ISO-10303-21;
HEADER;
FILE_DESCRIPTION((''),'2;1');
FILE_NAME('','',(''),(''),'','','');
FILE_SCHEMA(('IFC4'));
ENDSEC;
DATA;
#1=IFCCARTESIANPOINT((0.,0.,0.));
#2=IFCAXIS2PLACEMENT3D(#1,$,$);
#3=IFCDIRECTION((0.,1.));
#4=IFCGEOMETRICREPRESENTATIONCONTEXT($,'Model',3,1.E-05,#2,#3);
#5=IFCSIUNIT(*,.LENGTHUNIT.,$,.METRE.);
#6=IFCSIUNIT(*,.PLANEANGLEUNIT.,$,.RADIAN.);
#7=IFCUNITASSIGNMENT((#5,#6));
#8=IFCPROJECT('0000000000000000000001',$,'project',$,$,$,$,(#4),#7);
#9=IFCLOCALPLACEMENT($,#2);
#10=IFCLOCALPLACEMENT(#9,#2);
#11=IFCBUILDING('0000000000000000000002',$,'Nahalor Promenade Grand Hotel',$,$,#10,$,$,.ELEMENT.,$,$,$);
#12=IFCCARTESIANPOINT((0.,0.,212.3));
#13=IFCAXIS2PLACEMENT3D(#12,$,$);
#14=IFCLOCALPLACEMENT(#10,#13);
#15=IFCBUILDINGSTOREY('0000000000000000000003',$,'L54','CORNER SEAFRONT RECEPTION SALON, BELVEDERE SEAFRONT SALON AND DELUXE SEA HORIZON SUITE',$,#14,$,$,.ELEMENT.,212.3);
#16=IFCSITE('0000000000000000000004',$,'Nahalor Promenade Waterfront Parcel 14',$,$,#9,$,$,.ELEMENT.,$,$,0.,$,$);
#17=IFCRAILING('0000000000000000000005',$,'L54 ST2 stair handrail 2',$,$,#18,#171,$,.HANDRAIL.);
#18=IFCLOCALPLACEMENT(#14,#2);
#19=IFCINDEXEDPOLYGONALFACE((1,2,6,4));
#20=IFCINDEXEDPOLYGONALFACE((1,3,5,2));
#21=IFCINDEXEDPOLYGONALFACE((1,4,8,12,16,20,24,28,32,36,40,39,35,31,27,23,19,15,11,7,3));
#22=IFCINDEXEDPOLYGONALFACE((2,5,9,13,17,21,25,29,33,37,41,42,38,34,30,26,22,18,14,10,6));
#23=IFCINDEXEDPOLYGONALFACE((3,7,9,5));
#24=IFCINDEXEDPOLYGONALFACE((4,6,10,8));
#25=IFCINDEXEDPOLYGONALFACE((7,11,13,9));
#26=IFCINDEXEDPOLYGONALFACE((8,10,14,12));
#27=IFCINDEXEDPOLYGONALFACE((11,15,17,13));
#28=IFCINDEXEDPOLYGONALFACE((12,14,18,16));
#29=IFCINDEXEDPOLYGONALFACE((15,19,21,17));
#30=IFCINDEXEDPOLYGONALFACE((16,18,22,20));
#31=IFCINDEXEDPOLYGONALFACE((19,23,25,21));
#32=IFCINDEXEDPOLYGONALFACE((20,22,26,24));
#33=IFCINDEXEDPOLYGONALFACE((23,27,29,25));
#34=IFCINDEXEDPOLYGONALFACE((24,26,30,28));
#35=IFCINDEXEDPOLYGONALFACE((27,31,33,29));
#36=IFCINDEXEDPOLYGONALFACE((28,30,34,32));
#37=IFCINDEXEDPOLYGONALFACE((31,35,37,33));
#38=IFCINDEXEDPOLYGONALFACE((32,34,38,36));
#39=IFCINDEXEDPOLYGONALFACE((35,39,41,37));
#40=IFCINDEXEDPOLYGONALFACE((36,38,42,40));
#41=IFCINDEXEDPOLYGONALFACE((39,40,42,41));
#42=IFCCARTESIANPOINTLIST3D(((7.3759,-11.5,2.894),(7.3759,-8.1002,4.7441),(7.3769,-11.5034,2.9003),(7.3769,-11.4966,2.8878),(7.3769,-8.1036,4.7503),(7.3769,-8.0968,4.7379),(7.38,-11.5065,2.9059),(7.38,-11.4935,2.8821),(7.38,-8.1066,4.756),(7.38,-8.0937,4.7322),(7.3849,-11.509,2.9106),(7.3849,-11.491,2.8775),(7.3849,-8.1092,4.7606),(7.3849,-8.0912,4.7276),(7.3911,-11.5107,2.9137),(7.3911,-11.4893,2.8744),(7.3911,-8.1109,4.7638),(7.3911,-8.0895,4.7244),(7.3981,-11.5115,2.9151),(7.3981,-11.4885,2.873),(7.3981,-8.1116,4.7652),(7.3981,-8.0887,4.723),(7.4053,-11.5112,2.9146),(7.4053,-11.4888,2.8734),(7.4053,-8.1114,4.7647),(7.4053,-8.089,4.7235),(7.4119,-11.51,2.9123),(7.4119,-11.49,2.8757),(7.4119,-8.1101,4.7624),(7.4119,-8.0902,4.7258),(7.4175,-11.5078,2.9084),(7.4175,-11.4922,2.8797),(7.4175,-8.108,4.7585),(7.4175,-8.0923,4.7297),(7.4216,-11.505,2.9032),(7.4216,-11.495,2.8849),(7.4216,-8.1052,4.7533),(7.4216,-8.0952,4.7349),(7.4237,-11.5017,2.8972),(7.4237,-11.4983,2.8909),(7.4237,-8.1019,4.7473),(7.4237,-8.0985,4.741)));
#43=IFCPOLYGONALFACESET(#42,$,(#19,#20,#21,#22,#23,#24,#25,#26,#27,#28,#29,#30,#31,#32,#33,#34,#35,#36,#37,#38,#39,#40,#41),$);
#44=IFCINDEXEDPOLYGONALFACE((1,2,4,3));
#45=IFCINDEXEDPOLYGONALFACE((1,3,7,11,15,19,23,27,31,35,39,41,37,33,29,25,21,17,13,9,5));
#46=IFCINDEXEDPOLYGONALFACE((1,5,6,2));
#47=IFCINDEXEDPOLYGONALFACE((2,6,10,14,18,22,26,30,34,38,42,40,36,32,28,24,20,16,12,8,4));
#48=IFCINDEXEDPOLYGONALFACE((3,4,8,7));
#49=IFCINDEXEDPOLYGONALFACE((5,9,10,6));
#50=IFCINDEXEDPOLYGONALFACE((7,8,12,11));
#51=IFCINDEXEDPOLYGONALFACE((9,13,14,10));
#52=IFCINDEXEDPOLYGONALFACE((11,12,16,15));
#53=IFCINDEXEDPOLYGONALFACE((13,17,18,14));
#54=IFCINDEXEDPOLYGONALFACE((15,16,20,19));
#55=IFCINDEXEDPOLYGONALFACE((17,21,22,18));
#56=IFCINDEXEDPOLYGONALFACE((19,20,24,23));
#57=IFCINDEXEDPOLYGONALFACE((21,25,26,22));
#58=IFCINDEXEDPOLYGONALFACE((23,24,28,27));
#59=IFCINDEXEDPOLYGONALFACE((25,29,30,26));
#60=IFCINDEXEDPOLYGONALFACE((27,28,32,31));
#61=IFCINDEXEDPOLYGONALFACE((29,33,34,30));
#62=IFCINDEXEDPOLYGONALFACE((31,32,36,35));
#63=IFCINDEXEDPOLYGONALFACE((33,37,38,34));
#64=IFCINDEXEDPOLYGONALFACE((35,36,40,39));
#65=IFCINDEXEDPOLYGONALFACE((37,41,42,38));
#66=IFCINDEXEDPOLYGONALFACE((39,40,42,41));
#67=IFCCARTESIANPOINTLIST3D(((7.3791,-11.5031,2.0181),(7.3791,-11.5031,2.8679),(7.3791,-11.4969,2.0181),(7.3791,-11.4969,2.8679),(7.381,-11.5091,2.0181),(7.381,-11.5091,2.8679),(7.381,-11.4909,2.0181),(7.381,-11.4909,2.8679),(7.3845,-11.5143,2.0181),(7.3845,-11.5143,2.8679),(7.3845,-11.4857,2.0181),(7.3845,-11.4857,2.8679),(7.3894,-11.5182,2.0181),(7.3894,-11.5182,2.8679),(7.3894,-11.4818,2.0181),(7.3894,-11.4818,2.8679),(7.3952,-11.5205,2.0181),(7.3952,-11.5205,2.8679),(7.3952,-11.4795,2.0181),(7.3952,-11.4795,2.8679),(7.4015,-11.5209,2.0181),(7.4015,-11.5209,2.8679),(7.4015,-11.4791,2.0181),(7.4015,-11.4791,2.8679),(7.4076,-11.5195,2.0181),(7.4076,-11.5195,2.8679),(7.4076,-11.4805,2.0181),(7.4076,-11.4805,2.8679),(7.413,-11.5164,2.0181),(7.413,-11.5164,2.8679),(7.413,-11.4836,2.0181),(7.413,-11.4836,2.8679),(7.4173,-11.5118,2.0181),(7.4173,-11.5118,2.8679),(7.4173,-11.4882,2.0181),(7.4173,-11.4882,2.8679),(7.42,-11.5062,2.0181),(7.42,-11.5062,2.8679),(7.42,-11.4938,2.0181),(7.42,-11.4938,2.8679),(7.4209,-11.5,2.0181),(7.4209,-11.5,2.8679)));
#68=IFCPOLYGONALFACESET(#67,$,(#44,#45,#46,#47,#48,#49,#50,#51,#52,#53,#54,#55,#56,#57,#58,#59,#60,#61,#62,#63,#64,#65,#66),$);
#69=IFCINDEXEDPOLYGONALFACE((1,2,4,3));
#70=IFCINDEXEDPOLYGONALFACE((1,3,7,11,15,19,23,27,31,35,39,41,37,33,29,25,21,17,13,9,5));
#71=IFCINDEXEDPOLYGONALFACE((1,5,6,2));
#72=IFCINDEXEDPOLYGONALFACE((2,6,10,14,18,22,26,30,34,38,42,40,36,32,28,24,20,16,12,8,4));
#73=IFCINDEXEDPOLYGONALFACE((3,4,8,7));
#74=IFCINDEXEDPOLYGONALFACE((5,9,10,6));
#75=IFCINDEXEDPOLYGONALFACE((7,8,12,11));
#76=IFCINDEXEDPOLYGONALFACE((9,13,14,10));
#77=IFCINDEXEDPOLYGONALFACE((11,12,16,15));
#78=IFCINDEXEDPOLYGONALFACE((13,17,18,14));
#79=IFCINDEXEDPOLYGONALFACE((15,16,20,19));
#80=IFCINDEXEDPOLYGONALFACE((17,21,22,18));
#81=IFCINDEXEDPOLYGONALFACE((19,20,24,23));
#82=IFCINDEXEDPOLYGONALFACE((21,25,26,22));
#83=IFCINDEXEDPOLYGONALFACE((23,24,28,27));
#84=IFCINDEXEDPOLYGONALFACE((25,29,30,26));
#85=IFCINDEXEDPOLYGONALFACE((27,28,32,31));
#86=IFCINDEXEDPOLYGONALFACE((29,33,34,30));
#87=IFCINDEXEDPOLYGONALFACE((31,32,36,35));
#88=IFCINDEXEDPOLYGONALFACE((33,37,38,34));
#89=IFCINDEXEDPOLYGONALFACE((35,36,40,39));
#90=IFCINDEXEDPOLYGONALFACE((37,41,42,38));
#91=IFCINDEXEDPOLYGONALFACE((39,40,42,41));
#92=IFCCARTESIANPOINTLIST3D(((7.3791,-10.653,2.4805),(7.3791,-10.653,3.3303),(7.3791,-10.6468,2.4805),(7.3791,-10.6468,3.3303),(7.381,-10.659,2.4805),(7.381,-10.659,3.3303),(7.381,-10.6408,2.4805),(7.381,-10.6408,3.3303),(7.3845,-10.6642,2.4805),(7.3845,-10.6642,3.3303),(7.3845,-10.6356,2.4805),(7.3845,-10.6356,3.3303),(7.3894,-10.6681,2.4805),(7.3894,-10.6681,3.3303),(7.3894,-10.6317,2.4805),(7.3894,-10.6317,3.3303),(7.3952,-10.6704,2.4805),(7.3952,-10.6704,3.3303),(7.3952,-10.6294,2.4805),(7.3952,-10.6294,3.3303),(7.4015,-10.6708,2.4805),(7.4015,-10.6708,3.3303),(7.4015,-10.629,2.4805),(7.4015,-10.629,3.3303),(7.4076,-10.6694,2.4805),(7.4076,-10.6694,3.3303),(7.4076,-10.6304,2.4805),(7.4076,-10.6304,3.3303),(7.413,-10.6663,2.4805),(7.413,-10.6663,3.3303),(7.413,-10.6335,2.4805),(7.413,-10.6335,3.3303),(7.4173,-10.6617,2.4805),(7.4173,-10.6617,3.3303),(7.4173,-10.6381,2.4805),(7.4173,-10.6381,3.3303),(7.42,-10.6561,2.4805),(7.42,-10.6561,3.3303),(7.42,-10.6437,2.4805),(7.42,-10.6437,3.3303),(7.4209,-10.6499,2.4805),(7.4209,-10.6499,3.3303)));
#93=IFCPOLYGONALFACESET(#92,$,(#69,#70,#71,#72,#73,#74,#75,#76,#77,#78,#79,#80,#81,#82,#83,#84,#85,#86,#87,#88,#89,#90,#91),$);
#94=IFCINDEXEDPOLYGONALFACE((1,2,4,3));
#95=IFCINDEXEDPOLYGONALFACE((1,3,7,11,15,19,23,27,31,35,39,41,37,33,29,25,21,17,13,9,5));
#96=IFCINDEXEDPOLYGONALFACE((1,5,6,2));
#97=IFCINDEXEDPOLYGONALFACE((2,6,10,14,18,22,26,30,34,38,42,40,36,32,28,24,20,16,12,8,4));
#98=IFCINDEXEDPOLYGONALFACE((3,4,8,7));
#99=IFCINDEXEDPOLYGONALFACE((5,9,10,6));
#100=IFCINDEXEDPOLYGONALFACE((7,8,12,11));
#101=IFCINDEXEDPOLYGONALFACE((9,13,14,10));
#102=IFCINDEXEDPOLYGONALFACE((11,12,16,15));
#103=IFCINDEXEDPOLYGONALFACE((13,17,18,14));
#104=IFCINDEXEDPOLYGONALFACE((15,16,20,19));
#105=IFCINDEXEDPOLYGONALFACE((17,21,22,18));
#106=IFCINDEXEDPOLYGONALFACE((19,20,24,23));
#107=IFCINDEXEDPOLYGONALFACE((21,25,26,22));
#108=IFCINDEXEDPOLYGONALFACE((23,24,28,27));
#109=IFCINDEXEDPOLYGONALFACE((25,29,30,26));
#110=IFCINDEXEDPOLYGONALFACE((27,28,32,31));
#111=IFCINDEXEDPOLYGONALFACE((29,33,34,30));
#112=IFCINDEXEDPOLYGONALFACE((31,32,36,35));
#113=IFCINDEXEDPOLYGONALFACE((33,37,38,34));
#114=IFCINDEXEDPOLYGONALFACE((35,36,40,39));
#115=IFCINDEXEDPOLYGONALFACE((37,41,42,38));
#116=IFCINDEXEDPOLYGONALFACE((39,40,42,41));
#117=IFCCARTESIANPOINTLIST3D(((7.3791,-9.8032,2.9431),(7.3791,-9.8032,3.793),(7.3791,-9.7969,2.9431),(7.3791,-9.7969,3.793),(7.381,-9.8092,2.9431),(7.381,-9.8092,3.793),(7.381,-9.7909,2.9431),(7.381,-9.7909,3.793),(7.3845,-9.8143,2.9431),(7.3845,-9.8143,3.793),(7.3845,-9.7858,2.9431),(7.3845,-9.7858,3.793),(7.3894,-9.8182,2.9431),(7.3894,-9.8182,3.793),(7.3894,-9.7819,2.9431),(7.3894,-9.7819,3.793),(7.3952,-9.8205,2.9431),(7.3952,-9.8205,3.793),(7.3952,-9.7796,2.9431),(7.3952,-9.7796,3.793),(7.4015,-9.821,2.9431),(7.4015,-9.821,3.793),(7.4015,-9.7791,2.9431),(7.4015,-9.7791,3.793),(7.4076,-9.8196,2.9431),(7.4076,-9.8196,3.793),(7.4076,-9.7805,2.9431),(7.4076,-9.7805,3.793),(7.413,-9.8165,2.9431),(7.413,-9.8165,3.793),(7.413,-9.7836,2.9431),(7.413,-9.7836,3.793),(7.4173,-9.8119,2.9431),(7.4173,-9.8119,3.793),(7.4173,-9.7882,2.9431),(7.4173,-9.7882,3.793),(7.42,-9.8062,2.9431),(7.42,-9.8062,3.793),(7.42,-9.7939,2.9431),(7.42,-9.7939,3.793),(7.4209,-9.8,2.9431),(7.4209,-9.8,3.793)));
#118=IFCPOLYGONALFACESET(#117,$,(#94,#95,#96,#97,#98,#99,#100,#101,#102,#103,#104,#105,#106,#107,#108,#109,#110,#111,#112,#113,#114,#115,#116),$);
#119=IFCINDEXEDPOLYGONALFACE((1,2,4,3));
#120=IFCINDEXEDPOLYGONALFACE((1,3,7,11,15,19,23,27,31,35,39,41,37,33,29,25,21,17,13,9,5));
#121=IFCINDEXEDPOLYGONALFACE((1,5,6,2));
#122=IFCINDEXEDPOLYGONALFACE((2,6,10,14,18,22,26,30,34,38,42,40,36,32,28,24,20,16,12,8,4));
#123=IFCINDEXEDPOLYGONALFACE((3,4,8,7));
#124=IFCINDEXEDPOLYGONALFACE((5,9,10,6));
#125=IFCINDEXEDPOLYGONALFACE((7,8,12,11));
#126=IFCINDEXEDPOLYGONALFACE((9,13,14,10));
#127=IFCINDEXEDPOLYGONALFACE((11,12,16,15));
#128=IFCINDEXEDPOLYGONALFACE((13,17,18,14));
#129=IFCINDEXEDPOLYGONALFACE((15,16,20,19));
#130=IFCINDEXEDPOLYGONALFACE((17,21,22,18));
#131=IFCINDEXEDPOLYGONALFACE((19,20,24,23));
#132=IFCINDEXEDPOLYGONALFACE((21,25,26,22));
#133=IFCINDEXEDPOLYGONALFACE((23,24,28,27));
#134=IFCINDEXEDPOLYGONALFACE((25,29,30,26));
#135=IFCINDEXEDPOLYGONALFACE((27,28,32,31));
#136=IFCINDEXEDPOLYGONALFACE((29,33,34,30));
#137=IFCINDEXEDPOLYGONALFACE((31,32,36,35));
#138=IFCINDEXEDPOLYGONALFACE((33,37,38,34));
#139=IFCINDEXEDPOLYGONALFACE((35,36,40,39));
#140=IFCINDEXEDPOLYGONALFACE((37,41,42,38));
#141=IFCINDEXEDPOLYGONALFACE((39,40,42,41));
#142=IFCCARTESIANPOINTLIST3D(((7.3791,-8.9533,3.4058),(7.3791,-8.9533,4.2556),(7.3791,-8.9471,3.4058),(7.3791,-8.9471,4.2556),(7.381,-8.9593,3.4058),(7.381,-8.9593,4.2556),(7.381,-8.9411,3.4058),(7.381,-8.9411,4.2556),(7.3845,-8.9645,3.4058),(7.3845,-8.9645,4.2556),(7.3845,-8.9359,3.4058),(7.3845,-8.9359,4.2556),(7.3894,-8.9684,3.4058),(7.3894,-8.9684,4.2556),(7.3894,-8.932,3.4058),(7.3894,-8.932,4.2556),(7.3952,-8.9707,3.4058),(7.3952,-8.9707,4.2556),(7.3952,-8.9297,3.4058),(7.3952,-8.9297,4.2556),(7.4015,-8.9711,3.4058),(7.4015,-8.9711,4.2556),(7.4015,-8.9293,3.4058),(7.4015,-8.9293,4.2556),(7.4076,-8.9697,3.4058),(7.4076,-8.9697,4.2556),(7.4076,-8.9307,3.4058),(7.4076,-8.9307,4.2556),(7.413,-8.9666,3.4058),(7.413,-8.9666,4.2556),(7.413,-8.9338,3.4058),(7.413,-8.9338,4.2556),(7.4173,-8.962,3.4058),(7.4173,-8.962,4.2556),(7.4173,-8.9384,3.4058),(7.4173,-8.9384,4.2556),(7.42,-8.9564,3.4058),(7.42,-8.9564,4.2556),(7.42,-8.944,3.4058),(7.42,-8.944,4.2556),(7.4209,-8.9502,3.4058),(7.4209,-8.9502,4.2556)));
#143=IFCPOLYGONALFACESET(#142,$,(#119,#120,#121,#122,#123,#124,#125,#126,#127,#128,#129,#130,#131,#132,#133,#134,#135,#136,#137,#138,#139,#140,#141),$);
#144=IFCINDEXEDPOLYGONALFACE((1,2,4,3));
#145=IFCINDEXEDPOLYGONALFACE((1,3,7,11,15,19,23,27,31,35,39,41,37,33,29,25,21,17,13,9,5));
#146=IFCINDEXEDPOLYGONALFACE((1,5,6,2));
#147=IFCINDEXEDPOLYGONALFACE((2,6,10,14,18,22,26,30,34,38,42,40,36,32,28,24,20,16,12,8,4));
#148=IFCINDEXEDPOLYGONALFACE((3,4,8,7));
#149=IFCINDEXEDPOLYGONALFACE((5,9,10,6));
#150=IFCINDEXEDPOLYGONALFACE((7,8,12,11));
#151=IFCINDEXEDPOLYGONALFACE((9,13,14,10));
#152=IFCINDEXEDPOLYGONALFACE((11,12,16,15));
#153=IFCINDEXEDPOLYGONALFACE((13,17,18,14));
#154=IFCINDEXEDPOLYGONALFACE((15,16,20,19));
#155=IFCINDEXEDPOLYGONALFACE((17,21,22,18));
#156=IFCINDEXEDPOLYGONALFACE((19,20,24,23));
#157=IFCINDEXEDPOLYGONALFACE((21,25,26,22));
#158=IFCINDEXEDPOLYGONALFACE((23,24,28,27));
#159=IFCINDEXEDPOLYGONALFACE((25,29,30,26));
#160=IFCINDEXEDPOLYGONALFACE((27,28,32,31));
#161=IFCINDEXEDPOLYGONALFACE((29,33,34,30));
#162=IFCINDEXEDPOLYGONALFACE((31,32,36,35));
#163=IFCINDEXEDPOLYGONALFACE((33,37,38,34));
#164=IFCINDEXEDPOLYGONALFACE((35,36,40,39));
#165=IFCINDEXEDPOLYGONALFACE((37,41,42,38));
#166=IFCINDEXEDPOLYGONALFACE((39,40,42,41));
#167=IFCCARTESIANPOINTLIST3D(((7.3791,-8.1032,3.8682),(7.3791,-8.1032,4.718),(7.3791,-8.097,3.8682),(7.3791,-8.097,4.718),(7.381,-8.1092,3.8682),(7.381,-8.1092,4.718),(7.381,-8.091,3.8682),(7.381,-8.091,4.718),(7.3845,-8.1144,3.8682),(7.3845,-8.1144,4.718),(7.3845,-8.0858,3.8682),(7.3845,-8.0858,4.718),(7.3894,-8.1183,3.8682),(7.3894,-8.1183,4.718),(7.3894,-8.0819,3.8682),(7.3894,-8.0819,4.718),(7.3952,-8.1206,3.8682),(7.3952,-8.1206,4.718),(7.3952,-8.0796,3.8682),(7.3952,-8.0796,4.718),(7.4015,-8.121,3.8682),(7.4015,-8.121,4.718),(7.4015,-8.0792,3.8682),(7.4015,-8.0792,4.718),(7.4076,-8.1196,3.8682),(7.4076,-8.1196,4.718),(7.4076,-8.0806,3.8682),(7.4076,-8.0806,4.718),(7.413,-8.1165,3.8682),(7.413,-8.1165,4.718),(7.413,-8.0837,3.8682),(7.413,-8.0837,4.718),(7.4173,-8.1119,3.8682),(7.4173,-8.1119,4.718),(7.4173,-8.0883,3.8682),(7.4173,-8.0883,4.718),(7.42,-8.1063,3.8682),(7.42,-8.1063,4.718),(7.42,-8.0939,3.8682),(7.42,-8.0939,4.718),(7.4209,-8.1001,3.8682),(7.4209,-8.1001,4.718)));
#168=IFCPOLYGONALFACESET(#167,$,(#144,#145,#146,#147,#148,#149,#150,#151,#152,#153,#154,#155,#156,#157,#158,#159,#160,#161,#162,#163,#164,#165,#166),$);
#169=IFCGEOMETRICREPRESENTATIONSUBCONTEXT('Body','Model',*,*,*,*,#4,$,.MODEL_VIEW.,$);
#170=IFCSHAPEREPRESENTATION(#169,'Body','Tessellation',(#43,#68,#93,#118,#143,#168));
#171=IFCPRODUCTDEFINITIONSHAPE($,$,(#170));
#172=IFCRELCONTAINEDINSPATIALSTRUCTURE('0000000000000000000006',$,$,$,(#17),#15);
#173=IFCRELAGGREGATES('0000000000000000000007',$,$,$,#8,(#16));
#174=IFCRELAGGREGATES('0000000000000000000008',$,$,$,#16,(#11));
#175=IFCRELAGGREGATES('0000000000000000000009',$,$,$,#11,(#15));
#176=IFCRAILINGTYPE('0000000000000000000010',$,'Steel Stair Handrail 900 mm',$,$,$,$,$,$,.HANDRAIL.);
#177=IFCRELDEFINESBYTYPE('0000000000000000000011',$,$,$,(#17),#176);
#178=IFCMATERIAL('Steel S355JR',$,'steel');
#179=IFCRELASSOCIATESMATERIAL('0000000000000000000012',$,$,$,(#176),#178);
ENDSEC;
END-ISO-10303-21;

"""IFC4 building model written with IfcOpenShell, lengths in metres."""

from ifc_helpers import new_model, si_unit, direction, frame, origin, origin_2d, place, context, subcontext, project, spatial, circle, extrude, material, type_object, element, save


model = new_model("IFC4")

# Units and contexts
model_context = context("Model", 3, precision=1e-05, world=origin(), true_north=direction((0.0, 1.0)))
body_context = subcontext(model_context, "Body", "Model", "MODEL_VIEW")
ifc_project = project(units=[si_unit("LENGTHUNIT", "METRE"), si_unit("PLANEANGLEUNIT", "RADIAN")], contexts=[model_context])

# Site, building, storey
site_placement = place(None, origin())
site = spatial("IfcSite", under=ifc_project, at=site_placement, Name="Nahalor Promenade Waterfront Parcel 14", CompositionType="ELEMENT", RefElevation=0.0)
building_placement = place(site_placement, origin())
building = spatial("IfcBuilding", under=site, at=building_placement, Name="Nahalor Promenade Grand Hotel", CompositionType="ELEMENT")
storey_placement = place(building_placement, frame((0.0, 0.0, 212.3)))
storey = spatial("IfcBuildingStorey", under=building, at=storey_placement, Name="L54", Description="CORNER SEAFRONT RECEPTION SALON, BELVEDERE SEAFRONT SALON AND DELUXE SEA HORIZON SUITE", CompositionType="ELEMENT", Elevation=212.3)

# Shared definitions
ifc_material_1 = material(Name="Steel S355JR", Category="steel")

# Railing
railing_type_1 = type_object("IfcRailingType", Name="Steel Stair Handrail 900 mm", PredefinedType="HANDRAIL", material=ifc_material_1)
railing_1_placement = place(storey_placement, frame((7.3999, -11.5, 2.0181)))
element("IfcRailing", 1, at=railing_1_placement, inside=storey, type_object=railing_type_1, Name="L54 ST2 stair handrail 2", PredefinedType="HANDRAIL", context=body_context, shape_type="SweptSolid", body=[
    extrude(circle(Radius=0.024, at=origin_2d()), frame((0.0, 0.0, 0.876), z_axis=(0.0, 0.878372, 0.477977), x_axis=(-1.0, 0.0, 0.0)), (0.0, 0.0, 1.0), 3.8706),
    extrude(circle(Radius=0.021, at=origin_2d()), origin(), (0.0, 0.0, 1.0), 0.8499),
    extrude(circle(Radius=0.021, at=origin_2d()), frame((0.0, 0.8501, 0.4624)), (0.0, 0.0, 1.0), 0.8499),
    extrude(circle(Radius=0.021, at=origin_2d()), frame((0.0, 1.7, 0.925)), (0.0, 0.0, 1.0), 0.8499),
    extrude(circle(Radius=0.021, at=origin_2d()), frame((0.0, 2.5498, 1.3877)), (0.0, 0.0, 1.0), 0.8499),
    extrude(circle(Radius=0.021, at=origin_2d()), frame((0.0, 3.3999, 1.8501)), (0.0, 0.0, 1.0), 0.8499),
])

save(model, "model.ifc")
